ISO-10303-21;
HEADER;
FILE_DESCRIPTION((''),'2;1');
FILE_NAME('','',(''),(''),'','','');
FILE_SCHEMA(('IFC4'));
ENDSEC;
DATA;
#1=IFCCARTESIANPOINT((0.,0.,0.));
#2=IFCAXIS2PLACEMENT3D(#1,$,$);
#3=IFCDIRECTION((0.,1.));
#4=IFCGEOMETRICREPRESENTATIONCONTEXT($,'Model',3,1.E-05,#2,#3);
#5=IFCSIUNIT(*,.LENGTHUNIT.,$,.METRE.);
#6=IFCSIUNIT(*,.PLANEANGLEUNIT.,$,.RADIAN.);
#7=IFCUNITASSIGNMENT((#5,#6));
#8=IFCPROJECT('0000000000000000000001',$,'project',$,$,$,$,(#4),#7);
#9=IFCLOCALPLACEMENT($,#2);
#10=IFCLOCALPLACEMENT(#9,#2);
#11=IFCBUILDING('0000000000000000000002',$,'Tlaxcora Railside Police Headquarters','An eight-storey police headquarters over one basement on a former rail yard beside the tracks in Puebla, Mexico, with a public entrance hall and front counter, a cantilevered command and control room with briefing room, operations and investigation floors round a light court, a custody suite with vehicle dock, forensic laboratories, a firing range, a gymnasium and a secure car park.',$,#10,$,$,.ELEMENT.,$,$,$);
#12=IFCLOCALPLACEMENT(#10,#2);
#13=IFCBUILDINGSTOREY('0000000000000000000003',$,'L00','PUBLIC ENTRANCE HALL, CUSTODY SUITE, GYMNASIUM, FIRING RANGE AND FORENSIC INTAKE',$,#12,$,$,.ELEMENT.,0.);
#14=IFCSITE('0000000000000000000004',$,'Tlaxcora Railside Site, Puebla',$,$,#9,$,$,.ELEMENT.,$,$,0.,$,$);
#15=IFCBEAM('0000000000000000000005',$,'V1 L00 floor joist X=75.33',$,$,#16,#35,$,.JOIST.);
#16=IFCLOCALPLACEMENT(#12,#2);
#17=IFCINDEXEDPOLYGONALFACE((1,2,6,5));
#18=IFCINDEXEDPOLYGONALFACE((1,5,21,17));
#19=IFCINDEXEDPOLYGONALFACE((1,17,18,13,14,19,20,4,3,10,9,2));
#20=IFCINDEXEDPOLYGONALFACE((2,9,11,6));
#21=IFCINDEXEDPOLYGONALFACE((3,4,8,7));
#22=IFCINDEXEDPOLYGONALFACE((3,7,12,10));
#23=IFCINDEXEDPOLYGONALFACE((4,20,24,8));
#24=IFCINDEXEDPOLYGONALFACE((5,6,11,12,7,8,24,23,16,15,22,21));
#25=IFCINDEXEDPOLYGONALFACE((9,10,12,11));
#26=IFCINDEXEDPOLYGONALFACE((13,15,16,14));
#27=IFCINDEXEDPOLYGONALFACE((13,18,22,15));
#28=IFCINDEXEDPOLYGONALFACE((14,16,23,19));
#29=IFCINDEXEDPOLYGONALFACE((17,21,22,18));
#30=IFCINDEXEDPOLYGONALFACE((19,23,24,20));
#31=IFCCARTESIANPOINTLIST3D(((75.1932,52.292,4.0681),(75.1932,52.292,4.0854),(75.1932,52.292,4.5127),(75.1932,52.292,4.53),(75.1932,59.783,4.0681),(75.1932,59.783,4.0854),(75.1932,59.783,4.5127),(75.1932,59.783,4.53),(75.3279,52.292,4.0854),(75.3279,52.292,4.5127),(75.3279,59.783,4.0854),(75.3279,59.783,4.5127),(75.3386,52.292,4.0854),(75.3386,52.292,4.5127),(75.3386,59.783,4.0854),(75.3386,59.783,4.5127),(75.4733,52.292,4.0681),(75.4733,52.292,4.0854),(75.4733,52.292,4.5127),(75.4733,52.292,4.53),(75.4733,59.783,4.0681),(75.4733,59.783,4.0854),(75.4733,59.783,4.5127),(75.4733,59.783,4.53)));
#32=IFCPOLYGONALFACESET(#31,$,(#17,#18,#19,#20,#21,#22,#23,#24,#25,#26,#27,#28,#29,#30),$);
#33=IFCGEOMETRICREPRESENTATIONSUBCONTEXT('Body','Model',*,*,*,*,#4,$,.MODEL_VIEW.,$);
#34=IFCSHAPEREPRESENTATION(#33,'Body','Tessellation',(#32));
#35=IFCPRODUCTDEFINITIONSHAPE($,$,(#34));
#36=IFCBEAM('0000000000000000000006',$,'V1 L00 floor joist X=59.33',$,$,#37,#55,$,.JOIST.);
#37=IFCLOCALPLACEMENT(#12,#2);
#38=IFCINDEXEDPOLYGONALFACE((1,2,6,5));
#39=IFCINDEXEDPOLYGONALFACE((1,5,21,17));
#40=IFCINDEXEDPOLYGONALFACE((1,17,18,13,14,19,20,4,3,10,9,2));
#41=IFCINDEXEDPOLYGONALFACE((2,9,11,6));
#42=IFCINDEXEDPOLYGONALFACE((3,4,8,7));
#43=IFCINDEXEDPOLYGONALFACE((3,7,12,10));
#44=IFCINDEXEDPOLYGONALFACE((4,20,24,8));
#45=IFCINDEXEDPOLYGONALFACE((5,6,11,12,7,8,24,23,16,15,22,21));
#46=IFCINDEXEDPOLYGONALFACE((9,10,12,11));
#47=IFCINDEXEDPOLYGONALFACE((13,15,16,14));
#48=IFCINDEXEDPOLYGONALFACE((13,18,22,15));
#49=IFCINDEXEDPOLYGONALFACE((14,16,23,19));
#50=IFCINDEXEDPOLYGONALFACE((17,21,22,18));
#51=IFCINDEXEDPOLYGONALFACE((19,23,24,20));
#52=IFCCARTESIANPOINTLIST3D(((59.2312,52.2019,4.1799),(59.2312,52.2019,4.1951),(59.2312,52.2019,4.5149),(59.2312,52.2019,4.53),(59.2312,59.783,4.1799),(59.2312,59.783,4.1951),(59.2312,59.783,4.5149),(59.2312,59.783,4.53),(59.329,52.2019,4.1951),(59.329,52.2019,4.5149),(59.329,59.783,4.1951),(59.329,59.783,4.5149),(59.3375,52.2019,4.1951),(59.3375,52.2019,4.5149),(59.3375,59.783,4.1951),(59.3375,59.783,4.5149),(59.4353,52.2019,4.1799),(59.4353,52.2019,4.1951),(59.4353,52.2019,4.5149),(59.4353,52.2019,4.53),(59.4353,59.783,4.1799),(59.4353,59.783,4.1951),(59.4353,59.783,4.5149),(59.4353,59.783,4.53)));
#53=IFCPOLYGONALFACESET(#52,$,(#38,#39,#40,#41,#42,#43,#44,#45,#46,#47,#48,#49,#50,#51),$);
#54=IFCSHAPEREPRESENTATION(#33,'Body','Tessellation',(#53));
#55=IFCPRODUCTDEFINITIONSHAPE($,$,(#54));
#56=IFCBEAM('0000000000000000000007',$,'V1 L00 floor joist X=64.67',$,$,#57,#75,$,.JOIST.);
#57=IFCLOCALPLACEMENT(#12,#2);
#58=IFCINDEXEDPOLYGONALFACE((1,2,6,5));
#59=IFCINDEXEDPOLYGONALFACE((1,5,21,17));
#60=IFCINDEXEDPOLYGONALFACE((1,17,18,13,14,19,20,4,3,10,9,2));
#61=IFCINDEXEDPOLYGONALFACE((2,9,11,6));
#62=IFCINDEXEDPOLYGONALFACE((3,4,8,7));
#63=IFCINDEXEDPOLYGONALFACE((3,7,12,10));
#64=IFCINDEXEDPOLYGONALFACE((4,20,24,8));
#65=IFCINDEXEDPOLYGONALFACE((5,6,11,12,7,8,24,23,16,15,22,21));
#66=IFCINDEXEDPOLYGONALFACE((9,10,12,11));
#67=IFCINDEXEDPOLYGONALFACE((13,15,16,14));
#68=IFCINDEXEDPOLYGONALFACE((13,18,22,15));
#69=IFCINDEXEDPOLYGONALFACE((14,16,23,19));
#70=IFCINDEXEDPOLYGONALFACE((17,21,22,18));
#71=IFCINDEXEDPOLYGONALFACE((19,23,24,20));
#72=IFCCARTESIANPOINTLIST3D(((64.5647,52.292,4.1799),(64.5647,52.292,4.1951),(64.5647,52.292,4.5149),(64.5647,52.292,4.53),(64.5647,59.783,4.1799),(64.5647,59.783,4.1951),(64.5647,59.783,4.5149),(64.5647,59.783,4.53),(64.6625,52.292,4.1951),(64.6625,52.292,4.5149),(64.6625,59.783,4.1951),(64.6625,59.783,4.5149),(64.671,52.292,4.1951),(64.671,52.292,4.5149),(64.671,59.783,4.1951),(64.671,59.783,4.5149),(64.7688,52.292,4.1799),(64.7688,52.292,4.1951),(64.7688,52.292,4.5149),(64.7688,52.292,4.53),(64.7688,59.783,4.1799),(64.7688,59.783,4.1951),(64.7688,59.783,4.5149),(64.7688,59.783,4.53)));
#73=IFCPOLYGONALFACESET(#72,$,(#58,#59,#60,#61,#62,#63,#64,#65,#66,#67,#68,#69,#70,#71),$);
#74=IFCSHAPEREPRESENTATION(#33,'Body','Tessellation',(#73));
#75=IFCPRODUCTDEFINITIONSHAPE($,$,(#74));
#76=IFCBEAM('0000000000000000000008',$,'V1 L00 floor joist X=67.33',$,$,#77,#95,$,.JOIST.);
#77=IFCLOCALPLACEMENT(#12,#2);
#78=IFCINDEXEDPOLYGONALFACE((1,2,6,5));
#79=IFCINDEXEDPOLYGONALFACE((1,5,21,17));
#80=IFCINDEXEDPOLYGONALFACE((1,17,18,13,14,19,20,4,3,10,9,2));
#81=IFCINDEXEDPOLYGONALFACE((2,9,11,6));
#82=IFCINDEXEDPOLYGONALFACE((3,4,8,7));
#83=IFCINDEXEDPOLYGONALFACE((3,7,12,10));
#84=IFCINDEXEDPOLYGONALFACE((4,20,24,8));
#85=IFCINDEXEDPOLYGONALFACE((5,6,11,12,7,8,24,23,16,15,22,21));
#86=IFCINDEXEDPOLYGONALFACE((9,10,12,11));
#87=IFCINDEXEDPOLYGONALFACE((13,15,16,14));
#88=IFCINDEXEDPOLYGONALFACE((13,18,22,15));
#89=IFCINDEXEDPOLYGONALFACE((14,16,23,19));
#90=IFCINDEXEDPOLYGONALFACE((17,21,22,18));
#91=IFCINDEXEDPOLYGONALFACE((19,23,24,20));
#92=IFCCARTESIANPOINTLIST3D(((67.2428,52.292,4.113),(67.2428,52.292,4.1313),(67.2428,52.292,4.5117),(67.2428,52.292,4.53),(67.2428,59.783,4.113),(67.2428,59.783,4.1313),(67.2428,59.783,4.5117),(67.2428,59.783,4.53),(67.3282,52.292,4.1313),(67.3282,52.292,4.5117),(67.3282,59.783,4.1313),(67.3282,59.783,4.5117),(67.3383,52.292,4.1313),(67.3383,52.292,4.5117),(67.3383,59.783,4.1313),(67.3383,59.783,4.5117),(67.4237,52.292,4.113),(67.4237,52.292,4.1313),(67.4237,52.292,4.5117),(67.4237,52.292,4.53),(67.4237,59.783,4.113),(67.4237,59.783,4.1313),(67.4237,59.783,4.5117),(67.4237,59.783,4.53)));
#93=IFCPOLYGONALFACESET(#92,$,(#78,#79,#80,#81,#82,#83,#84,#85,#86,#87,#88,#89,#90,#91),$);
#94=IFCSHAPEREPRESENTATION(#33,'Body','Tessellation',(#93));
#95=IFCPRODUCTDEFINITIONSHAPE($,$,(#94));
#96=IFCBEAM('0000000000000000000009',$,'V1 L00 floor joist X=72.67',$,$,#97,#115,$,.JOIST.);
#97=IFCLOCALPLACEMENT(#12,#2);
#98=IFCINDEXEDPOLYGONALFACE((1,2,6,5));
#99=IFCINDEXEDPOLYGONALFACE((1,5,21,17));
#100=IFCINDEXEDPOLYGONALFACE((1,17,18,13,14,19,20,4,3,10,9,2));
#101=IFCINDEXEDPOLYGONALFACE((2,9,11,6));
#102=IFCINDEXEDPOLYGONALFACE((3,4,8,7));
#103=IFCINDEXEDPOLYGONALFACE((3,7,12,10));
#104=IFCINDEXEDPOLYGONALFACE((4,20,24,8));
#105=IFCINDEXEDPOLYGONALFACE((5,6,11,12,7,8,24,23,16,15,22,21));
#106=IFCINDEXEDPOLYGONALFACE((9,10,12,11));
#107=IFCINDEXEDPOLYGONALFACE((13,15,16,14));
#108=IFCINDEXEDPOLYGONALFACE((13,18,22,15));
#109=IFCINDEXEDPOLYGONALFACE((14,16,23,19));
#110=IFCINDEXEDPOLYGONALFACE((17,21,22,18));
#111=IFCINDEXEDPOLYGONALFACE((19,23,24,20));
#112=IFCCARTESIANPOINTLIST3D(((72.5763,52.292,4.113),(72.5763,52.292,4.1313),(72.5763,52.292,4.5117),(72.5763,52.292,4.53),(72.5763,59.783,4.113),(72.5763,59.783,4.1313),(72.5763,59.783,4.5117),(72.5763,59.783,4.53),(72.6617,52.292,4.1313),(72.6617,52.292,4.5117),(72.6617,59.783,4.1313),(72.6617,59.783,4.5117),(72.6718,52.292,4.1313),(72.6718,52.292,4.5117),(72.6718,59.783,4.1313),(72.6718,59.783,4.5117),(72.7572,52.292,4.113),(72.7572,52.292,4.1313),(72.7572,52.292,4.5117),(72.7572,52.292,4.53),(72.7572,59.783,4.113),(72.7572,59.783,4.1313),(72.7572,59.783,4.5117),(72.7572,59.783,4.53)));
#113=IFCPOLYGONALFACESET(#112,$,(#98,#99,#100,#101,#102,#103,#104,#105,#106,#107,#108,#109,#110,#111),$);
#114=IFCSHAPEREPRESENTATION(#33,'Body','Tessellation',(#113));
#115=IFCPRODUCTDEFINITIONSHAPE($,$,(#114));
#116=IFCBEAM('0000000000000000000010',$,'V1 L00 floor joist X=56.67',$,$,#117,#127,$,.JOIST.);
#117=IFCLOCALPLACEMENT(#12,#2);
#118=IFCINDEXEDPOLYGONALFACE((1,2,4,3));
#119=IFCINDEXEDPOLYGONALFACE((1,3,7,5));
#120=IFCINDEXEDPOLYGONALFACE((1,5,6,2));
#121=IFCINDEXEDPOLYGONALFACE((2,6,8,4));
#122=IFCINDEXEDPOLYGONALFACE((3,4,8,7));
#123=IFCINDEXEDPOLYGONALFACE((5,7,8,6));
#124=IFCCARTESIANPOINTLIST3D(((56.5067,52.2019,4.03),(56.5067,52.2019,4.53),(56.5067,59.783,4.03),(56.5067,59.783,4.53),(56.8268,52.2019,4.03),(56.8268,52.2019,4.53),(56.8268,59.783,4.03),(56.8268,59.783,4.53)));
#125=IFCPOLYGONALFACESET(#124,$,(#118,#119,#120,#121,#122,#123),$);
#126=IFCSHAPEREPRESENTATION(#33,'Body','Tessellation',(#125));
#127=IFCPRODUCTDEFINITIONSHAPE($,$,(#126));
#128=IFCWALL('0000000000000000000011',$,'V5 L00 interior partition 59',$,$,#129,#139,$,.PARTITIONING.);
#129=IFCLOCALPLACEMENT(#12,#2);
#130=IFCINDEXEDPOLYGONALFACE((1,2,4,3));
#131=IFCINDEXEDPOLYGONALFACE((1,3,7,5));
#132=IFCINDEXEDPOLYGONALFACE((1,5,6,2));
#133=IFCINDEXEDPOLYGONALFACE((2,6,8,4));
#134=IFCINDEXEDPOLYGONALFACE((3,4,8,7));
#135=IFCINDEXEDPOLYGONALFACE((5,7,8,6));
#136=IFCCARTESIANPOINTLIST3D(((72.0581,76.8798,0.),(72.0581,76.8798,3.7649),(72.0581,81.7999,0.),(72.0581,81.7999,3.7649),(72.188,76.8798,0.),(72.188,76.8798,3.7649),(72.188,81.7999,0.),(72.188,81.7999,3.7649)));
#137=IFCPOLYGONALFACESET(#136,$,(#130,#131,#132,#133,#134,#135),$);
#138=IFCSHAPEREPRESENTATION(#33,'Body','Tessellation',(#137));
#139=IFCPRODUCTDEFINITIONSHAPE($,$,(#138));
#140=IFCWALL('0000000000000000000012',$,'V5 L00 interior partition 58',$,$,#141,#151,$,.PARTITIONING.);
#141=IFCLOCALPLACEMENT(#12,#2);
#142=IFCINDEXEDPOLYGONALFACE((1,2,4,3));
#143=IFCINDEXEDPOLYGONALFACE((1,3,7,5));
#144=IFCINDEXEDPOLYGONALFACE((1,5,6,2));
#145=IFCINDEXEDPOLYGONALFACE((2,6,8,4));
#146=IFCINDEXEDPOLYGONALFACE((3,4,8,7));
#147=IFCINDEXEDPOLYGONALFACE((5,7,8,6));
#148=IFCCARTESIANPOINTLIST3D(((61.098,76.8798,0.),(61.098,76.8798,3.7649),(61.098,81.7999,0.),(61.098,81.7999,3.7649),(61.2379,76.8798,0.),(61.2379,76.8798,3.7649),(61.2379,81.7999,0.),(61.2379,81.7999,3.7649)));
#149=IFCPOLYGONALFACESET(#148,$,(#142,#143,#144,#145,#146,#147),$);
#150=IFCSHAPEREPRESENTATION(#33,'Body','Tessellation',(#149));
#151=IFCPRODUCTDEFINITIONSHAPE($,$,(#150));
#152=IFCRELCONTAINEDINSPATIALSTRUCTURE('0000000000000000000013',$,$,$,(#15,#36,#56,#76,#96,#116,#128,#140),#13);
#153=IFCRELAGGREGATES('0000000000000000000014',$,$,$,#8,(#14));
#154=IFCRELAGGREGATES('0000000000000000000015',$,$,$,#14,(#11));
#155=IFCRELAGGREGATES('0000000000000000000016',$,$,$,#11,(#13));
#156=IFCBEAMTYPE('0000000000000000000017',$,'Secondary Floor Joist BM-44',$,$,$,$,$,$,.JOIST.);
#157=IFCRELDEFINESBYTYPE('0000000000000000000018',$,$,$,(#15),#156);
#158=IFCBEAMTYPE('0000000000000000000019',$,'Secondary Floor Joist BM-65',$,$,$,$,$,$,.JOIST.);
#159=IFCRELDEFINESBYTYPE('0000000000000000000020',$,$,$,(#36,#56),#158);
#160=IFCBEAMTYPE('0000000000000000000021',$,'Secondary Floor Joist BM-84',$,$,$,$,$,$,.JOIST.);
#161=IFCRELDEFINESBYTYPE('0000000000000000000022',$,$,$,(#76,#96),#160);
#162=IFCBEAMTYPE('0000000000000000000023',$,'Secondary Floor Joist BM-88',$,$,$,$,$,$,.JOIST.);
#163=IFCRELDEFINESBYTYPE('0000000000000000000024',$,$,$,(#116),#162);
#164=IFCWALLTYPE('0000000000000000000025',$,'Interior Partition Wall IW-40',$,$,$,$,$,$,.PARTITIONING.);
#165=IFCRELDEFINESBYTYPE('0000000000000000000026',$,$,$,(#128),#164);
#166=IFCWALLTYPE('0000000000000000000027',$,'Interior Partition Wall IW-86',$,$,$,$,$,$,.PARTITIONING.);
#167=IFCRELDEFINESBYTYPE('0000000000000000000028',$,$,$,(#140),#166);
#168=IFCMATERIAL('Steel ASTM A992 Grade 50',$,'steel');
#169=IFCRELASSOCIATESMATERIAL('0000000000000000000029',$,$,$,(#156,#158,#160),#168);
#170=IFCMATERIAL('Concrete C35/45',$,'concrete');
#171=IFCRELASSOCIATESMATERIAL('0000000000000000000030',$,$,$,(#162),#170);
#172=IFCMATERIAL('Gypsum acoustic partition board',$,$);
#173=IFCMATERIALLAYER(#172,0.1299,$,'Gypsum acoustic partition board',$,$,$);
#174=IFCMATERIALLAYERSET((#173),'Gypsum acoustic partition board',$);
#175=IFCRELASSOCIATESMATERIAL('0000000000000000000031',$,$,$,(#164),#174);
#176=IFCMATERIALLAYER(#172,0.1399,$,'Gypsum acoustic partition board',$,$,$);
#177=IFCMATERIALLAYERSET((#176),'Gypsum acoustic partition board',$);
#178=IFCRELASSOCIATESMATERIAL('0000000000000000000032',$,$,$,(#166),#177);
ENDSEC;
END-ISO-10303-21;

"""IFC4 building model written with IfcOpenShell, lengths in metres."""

from ifc_helpers import new_model, si_unit, direction, frame, frame_2d, origin, origin_2d, place, context, subcontext, project, spatial, rectangle, i_section, extrude, material, layer, layer_set, material_profile, profile_set, type_object, element, save


model = new_model("IFC4")

# Units and contexts
model_context = context("Model", 3, precision=1e-05, world=origin(), true_north=direction((0.0, 1.0)))
body_context = subcontext(model_context, "Body", "Model", "MODEL_VIEW")
ifc_project = project(units=[si_unit("LENGTHUNIT", "METRE"), si_unit("PLANEANGLEUNIT", "RADIAN")], contexts=[model_context])

# Site, building, storey
site_placement = place(None, origin())
site = spatial("IfcSite", under=ifc_project, at=site_placement, Name="Tlaxcora Railside Site, Puebla", CompositionType="ELEMENT", RefElevation=0.0)
building_placement = place(site_placement, origin())
building = spatial("IfcBuilding", under=site, at=building_placement, Name="Tlaxcora Railside Police Headquarters", Description="An eight-storey police headquarters over one basement on a former rail yard beside the tracks in Puebla, Mexico, with a public entrance hall and front counter, a cantilevered command and control room with briefing room, operations and investigation floors round a light court, a custody suite with vehicle dock, forensic laboratories, a firing range, a gymnasium and a secure car park.", CompositionType="ELEMENT")
storey_placement = place(building_placement, origin())
storey = spatial("IfcBuildingStorey", under=building, at=storey_placement, Name="L00", Description="PUBLIC ENTRANCE HALL, CUSTODY SUITE, GYMNASIUM, FIRING RANGE AND FORENSIC INTAKE", CompositionType="ELEMENT", Elevation=0.0)

# Beams
ifc_material_1 = material(Name="Steel ASTM A992 Grade 50", Category="steel")
ifc_material_profile_1 = material_profile(ifc_material_1, i_section(OverallWidth=0.28, OverallDepth=0.4619, WebThickness=0.0107, FlangeThickness=0.0173, at=origin_2d()), Name="W18X76")
ifc_profile_set_1 = profile_set([ifc_material_profile_1], Name="Steel ASTM A992 Grade 50")
beam_type_1 = type_object("IfcBeamType", Name="Secondary Floor Joist BM-44", PredefinedType="JOIST", material=ifc_profile_set_1)
beam_1_placement = place(storey_placement, frame((75.3333, 52.292, 4.2991), z_axis=(0.0, 1.0, 0.0), x_axis=(-1.0, 0.0, 0.0)))
element("IfcBeam", 1, at=beam_1_placement, inside=storey, type_object=beam_type_1, Name="V1 L00 floor joist X=75.33", PredefinedType="JOIST", context=body_context, shape_type="SweptSolid", body=[
    extrude(i_section(OverallWidth=0.28, OverallDepth=0.4619, WebThickness=0.0107, FlangeThickness=0.0173, at=origin_2d()), origin(), (0.0, 0.0, 1.0), 7.491),
])
ifc_material_profile_2 = material_profile(ifc_material_1, i_section(OverallWidth=0.2041, OverallDepth=0.3501, WebThickness=0.0085, FlangeThickness=0.0151, at=origin_2d()), Name="W14X48")
ifc_profile_set_2 = profile_set([ifc_material_profile_2], Name="Steel ASTM A992 Grade 50")
beam_type_2 = type_object("IfcBeamType", Name="Secondary Floor Joist BM-65", PredefinedType="JOIST", material=ifc_profile_set_2)
beam_2_placement = place(storey_placement, frame((59.3333, 52.2019, 4.355), z_axis=(0.0, 1.0, 0.0), x_axis=(-1.0, 0.0, 0.0)))
element("IfcBeam", 2, at=beam_2_placement, inside=storey, type_object=beam_type_2, Name="V1 L00 floor joist X=59.33", PredefinedType="JOIST", context=body_context, shape_type="SweptSolid", body=[
    extrude(i_section(OverallWidth=0.2041, OverallDepth=0.3501, WebThickness=0.0085, FlangeThickness=0.0151, at=origin_2d()), origin(), (0.0, 0.0, 1.0), 7.5811),
])
beam_3_placement = place(storey_placement, frame((64.6667, 52.292, 4.355), z_axis=(0.0, 1.0, 0.0), x_axis=(-1.0, 0.0, 0.0)))
element("IfcBeam", 3, at=beam_3_placement, inside=storey, type_object=beam_type_2, Name="V1 L00 floor joist X=64.67", PredefinedType="JOIST", context=body_context, shape_type="SweptSolid", body=[
    extrude(i_section(OverallWidth=0.2041, OverallDepth=0.3501, WebThickness=0.0085, FlangeThickness=0.0151, at=origin_2d()), origin(), (0.0, 0.0, 1.0), 7.491),
])
ifc_material_profile_3 = material_profile(ifc_material_1, i_section(OverallWidth=0.1809, OverallDepth=0.417, WebThickness=0.01, FlangeThickness=0.0183, at=origin_2d()), Name="W16X57")
ifc_profile_set_3 = profile_set([ifc_material_profile_3], Name="Steel ASTM A992 Grade 50")
beam_type_3 = type_object("IfcBeamType", Name="Secondary Floor Joist BM-84", PredefinedType="JOIST", material=ifc_profile_set_3)
for number, where, z_axis, x_axis, name in (
    (4, (67.3333, 52.292, 4.3215), (0.0, 1.0, 0.0), (-1.0, 0.0, 0.0), "V1 L00 floor joist X=67.33"),
    (5, (72.6667, 52.292, 4.3215), (0.0, 1.0, 0.0), (-1.0, 0.0, 0.0), "V1 L00 floor joist X=72.67"),
):
    element("IfcBeam", number, at=place(storey_placement, frame(where, z_axis=z_axis, x_axis=x_axis)), inside=storey, type_object=beam_type_3, Name=name, PredefinedType="JOIST", context=body_context, shape_type="SweptSolid", body=[
        extrude(i_section(OverallWidth=0.1809, OverallDepth=0.417, WebThickness=0.01, FlangeThickness=0.0183, at=origin_2d()), origin(), (0.0, 0.0, 1.0), 7.491),
    ])
ifc_material_2 = material(Name="Concrete C35/45", Category="concrete")
ifc_material_profile_4 = material_profile(ifc_material_2, rectangle(XDim=0.3201, YDim=0.5, at=origin_2d()), Name="RC320X500")
ifc_profile_set_4 = profile_set([ifc_material_profile_4], Name="Concrete C35/45")
beam_type_4 = type_object("IfcBeamType", Name="Secondary Floor Joist BM-88", PredefinedType="JOIST", material=ifc_profile_set_4)
beam_4_placement = place(storey_placement, frame((56.6667, 52.2019, 4.28), z_axis=(0.0, 1.0, 0.0), x_axis=(-1.0, 0.0, 0.0)))
element("IfcBeam", 6, at=beam_4_placement, inside=storey, type_object=beam_type_4, Name="V1 L00 floor joist X=56.67", PredefinedType="JOIST", context=body_context, shape_type="SweptSolid", body=[
    extrude(rectangle(XDim=0.3201, YDim=0.5, at=origin_2d()), origin(), (0.0, 0.0, 1.0), 7.5811),
])

# Walls
ifc_material_3 = material(Name="Gypsum acoustic partition board")
ifc_layer_1 = layer(ifc_material_3, 0.1299, Name="Gypsum acoustic partition board")
ifc_layer_set_1 = layer_set([ifc_layer_1], Name="Gypsum acoustic partition board")
wall_type_1 = type_object("IfcWallType", Name="Interior Partition Wall IW-40", PredefinedType="PARTITIONING", material=ifc_layer_set_1)
wall_1_placement = place(storey_placement, frame((72.123, 76.8799, 0.0), z_axis=(0.0, 0.0, 1.0), x_axis=(0.0, 1.0, 0.0)))
element("IfcWall", 7, at=wall_1_placement, inside=storey, type_object=wall_type_1, Name="V5 L00 interior partition 59", PredefinedType="PARTITIONING", context=body_context, shape_type="SweptSolid", body=[
    extrude(rectangle(XDim=4.9202, YDim=0.1299, at=frame_2d((2.46, 0.0))), origin(), (0.0, 0.0, 1.0), 3.7649),
])
ifc_layer_2 = layer(ifc_material_3, 0.1399, Name="Gypsum acoustic partition board")
ifc_layer_set_2 = layer_set([ifc_layer_2], Name="Gypsum acoustic partition board")
wall_type_2 = type_object("IfcWallType", Name="Interior Partition Wall IW-86", PredefinedType="PARTITIONING", material=ifc_layer_set_2)
wall_2_placement = place(storey_placement, frame((61.168, 76.8799, 0.0), z_axis=(0.0, 0.0, 1.0), x_axis=(0.0, 1.0, 0.0)))
element("IfcWall", 8, at=wall_2_placement, inside=storey, type_object=wall_type_2, Name="V5 L00 interior partition 58", PredefinedType="PARTITIONING", context=body_context, shape_type="SweptSolid", body=[
    extrude(rectangle(XDim=4.9202, YDim=0.1399, at=frame_2d((2.46, 0.0))), origin(), (0.0, 0.0, 1.0), 3.7649),
])

save(model, "model.ifc")
